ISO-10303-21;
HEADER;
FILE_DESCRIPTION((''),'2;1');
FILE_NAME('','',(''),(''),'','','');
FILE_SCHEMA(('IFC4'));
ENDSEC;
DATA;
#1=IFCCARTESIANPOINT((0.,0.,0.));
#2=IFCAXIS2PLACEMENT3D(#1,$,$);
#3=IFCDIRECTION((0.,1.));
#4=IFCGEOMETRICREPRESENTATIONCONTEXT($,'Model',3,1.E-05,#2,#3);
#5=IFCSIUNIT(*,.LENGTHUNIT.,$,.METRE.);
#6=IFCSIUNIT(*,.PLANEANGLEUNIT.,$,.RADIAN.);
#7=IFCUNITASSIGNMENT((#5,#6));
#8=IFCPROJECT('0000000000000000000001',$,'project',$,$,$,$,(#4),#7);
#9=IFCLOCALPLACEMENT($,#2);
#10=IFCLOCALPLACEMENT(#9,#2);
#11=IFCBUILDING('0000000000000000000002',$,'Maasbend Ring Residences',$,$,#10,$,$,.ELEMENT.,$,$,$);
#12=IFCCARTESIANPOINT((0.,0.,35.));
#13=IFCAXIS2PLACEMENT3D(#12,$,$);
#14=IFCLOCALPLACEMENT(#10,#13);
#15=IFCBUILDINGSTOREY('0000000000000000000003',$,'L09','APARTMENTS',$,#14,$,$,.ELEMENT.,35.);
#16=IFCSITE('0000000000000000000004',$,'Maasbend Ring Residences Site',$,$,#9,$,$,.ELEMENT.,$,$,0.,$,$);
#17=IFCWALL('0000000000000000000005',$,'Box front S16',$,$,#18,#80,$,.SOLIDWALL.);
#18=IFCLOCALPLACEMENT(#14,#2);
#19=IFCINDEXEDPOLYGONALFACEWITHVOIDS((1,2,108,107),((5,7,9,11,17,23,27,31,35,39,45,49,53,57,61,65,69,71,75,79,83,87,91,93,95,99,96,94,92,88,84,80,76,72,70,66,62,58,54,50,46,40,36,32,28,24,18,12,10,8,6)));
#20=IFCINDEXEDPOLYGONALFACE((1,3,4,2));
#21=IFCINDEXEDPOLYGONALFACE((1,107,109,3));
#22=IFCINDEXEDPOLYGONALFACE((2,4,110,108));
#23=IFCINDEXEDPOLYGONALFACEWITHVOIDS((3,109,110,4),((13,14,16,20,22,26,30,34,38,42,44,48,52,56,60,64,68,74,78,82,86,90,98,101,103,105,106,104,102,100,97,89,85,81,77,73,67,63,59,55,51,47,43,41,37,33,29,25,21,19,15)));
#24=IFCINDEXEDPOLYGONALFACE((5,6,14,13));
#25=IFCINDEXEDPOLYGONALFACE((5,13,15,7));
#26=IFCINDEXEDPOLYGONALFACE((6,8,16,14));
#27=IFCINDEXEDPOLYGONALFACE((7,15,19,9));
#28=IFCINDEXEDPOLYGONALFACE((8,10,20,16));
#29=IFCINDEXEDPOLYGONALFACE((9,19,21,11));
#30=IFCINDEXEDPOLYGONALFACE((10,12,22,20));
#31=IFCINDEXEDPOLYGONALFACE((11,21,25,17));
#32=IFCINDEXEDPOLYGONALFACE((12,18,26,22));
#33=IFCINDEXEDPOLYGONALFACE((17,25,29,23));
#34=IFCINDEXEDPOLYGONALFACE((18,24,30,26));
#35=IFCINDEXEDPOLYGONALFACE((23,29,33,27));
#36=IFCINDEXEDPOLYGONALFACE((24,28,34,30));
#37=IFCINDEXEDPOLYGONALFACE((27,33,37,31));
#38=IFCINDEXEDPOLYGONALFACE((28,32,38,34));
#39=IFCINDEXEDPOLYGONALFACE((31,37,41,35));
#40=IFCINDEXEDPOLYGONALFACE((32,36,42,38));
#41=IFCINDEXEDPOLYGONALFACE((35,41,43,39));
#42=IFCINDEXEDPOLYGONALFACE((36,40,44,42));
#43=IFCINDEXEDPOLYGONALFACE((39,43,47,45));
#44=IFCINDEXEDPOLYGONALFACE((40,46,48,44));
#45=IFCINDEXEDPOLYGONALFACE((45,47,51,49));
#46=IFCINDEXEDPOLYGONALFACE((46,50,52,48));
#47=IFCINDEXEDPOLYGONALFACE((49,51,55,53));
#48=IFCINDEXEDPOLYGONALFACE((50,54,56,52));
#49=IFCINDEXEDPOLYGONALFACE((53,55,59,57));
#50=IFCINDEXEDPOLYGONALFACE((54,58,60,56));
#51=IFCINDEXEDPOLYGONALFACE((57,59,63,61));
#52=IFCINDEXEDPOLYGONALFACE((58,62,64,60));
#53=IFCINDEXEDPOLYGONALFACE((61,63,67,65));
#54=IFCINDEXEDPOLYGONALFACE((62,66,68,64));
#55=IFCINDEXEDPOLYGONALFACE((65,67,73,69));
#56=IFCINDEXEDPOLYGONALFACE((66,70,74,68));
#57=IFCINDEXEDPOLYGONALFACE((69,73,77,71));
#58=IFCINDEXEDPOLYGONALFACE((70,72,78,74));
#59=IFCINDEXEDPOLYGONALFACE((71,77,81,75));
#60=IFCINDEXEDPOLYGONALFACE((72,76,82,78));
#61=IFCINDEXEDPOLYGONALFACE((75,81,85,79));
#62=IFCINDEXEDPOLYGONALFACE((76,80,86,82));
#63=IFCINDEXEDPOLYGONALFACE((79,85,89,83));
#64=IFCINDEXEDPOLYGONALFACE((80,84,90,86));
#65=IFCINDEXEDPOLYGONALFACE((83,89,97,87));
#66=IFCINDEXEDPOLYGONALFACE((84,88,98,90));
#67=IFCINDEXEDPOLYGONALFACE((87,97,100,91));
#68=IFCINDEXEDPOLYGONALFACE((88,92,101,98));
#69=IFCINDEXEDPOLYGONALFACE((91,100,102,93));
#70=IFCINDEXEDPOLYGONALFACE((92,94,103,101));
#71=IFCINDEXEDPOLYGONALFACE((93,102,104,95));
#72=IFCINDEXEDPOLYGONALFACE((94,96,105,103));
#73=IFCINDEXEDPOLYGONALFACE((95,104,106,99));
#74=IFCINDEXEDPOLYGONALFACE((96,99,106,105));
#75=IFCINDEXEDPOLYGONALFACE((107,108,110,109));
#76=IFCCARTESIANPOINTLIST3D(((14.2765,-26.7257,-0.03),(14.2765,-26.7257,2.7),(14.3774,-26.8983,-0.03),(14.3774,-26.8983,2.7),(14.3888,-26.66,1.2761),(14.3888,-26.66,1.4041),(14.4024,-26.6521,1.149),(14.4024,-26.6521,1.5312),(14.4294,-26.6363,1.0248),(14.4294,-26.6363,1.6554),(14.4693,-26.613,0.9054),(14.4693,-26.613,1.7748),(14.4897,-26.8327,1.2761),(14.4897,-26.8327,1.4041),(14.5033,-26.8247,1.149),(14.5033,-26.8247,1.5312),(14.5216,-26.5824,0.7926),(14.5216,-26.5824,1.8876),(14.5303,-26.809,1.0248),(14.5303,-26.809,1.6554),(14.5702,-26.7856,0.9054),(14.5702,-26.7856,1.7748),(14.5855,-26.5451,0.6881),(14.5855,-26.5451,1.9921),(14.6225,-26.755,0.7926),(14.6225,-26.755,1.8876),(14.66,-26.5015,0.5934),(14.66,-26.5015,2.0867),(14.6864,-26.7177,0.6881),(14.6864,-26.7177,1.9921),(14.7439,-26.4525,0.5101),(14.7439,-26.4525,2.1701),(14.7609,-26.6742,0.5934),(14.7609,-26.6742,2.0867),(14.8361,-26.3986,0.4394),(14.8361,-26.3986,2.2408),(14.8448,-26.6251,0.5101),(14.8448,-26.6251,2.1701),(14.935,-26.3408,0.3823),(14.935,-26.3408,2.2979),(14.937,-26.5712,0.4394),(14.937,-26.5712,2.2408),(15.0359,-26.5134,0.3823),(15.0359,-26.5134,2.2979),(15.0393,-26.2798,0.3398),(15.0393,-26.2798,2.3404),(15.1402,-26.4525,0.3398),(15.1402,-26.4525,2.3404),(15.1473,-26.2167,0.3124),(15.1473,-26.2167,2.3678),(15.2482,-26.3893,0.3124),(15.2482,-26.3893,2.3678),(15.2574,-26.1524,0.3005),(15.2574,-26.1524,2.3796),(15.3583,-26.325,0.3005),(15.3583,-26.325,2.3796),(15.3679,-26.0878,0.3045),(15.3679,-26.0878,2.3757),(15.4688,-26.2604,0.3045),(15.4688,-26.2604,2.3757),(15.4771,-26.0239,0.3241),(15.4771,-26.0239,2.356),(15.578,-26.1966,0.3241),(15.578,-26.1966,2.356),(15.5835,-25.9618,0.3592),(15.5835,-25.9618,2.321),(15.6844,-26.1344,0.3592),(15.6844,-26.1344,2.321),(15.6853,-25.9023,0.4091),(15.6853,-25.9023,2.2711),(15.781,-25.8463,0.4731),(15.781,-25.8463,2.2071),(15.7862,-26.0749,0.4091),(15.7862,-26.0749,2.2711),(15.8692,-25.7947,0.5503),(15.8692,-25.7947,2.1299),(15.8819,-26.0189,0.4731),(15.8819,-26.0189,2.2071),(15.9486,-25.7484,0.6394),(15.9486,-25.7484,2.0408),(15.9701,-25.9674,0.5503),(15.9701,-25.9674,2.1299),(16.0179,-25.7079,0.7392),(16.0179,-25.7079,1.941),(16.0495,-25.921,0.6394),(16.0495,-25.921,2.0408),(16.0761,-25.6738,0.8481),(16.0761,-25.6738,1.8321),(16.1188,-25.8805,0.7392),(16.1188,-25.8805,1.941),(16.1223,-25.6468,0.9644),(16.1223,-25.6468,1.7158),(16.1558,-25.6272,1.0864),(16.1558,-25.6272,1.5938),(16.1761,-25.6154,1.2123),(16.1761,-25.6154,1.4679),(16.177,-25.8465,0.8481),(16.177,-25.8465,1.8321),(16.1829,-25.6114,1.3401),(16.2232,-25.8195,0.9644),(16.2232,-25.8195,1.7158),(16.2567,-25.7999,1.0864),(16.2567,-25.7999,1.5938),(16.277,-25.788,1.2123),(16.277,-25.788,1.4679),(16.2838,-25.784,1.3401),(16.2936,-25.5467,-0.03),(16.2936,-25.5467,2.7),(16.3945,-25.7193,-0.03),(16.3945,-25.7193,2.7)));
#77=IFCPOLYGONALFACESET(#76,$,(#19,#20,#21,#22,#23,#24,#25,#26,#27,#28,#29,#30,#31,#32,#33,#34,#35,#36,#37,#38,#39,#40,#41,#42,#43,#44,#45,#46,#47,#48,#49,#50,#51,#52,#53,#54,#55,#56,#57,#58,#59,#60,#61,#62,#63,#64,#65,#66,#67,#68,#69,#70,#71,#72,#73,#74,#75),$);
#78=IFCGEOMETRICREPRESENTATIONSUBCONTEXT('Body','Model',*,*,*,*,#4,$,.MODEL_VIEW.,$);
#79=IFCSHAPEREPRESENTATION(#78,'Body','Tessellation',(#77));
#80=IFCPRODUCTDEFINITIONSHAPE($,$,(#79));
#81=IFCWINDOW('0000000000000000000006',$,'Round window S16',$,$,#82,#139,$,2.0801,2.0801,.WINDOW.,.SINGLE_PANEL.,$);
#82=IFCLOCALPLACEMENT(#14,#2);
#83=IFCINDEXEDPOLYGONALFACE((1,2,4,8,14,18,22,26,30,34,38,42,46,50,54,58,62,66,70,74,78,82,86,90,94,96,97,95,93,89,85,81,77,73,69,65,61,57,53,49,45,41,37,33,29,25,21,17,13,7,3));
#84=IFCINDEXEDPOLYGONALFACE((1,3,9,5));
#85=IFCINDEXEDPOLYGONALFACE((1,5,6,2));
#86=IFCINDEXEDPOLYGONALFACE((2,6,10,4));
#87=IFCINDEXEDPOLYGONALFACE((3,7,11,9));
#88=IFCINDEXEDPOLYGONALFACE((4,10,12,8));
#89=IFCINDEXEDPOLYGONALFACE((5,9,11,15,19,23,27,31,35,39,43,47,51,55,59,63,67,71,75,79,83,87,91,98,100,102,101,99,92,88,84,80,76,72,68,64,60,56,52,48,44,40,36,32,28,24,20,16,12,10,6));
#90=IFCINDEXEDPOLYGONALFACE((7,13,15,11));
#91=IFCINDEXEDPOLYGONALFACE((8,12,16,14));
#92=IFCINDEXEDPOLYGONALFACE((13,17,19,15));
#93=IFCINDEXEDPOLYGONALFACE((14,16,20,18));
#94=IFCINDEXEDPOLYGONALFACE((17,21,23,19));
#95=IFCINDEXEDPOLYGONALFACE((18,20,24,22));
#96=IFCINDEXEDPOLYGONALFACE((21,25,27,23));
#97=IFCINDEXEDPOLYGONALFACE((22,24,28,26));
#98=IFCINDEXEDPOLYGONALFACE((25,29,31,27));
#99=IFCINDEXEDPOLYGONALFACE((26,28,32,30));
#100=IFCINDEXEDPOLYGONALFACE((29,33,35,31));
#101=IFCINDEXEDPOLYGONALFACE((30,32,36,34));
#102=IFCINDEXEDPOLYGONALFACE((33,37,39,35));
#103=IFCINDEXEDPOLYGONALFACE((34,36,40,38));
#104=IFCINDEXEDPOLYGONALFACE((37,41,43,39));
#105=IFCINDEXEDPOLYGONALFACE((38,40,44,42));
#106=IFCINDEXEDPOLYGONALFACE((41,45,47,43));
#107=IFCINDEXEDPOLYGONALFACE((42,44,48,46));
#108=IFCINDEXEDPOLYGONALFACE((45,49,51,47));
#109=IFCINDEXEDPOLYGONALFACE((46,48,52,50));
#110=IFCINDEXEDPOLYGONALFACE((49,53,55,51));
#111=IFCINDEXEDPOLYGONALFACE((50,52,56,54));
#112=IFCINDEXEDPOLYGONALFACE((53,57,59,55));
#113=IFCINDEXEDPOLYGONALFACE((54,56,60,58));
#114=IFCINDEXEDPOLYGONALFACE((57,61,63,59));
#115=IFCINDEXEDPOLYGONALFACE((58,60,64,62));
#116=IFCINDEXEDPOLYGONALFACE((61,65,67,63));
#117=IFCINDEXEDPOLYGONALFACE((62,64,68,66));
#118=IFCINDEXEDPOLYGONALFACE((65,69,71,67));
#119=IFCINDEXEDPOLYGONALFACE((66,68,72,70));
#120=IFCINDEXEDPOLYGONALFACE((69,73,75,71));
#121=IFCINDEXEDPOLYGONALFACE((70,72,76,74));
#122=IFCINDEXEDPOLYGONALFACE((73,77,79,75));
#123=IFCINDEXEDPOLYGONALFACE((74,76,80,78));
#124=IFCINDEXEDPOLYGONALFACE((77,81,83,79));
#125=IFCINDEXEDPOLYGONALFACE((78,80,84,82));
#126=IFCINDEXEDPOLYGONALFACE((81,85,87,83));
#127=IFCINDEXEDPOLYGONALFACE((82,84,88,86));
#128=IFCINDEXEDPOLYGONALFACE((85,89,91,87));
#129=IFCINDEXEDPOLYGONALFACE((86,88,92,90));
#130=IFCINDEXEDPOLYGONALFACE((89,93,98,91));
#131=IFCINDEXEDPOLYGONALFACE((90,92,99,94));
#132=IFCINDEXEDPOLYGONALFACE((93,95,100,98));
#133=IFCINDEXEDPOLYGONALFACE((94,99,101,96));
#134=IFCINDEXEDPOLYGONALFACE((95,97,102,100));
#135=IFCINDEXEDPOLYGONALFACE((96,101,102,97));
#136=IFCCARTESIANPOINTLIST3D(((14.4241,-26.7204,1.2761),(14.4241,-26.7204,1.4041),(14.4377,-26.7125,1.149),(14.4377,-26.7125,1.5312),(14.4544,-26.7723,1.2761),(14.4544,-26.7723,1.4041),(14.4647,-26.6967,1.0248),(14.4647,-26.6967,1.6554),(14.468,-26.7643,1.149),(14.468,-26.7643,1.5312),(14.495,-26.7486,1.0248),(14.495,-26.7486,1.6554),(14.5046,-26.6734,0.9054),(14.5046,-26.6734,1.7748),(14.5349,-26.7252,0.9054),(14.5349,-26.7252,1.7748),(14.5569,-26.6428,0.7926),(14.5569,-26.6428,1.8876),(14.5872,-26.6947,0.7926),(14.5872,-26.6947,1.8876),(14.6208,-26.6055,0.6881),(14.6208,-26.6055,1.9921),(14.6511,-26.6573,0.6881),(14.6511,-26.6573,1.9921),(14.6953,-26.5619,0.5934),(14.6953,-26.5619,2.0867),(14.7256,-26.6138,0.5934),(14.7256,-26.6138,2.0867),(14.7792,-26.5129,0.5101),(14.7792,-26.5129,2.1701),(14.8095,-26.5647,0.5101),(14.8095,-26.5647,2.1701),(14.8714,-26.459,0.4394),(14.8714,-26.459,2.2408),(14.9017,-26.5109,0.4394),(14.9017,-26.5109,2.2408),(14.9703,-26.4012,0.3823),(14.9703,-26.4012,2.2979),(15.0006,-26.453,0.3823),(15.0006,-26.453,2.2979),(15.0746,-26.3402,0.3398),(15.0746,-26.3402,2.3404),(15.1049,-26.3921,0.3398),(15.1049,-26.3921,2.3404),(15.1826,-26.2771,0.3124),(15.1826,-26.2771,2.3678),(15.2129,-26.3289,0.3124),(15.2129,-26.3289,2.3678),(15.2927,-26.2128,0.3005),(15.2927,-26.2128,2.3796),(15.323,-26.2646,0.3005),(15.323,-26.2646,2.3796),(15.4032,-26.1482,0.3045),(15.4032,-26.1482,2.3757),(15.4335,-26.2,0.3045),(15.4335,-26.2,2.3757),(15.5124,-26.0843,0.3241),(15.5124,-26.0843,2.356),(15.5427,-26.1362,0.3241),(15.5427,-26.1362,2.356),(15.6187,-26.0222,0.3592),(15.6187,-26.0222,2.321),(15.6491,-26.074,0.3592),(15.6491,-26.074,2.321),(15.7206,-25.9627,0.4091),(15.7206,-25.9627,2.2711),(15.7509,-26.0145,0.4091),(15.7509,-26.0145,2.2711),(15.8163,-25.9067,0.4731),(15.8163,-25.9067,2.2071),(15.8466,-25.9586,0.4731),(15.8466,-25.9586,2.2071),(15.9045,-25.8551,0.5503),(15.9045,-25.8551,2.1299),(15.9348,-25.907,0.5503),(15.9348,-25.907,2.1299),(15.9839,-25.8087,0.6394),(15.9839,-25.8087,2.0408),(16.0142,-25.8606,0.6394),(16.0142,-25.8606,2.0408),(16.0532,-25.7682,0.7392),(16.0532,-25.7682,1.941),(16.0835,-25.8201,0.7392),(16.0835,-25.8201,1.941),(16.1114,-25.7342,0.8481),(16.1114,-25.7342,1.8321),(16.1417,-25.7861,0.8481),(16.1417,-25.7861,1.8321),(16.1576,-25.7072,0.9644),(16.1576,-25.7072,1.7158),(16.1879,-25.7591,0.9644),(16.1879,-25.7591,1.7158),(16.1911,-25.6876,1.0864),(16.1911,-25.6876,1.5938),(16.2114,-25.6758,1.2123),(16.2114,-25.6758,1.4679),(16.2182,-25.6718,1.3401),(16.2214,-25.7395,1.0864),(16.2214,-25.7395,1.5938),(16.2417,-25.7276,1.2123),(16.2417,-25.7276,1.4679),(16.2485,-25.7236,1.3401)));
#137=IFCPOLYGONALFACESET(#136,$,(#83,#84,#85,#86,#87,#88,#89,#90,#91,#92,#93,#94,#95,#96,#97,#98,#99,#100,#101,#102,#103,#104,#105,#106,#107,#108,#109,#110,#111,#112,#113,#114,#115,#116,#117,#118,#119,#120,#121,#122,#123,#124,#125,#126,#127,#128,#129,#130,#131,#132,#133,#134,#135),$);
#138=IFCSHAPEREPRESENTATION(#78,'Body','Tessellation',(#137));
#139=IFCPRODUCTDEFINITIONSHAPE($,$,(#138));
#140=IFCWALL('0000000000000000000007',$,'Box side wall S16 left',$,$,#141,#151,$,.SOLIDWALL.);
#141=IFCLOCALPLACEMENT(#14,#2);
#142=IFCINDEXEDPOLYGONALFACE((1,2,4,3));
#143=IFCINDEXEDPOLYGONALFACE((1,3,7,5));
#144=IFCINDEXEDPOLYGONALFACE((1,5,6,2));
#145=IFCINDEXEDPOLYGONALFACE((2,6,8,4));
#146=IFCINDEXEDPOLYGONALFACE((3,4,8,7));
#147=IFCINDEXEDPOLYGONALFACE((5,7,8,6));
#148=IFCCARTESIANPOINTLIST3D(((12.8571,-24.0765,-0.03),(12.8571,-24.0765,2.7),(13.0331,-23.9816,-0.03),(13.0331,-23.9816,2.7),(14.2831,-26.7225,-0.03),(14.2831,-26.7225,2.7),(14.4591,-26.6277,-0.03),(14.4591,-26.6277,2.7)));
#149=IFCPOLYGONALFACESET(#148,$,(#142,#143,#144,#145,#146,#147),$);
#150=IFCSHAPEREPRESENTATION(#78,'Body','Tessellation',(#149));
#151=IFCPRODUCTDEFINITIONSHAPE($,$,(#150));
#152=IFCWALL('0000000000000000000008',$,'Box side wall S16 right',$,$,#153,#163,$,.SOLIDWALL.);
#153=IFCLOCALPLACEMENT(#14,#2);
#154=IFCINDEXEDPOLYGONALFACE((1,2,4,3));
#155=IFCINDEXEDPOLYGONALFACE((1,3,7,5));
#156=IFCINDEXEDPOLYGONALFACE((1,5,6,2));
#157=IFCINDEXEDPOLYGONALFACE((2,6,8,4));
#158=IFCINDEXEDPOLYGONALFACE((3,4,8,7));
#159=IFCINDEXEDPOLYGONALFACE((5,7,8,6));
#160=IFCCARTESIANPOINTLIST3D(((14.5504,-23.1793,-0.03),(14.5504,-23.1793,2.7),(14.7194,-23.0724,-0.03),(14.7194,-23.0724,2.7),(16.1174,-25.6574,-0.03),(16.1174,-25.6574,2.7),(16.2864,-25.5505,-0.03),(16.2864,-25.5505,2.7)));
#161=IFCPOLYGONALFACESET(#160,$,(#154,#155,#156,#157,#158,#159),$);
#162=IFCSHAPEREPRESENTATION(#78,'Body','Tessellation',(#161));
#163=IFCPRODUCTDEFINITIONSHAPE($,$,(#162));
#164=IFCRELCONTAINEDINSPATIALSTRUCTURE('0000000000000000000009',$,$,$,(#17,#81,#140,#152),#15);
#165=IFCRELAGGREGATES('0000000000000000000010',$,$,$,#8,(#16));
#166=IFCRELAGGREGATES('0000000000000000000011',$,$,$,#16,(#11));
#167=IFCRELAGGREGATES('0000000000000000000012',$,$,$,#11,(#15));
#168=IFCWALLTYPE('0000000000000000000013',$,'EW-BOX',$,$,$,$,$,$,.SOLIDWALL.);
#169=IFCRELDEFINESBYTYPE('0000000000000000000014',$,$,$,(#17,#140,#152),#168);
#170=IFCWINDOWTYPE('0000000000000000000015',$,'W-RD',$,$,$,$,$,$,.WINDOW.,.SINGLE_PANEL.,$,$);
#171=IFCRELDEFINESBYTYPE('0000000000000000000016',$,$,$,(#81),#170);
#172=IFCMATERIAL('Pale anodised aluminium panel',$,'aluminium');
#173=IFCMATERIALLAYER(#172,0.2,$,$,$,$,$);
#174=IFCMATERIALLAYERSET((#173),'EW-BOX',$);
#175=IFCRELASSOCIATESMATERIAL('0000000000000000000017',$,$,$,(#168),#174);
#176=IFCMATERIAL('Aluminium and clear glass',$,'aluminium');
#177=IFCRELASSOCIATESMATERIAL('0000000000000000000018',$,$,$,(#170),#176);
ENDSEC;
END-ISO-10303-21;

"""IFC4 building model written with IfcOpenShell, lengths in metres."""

from ifc_helpers import new_model, si_unit, direction, frame, frame_2d, origin, place, context, subcontext, project, spatial, rectangle, circle, extrude, material, layer, layer_set, type_object, element, fill, save


model = new_model("IFC4")

# Units and contexts
model_context = context("Model", 3, precision=1e-05, world=origin(), true_north=direction((0.0, 1.0)))
body_context = subcontext(model_context, "Body", "Model", "MODEL_VIEW")
ifc_project = project(units=[si_unit("LENGTHUNIT", "METRE"), si_unit("PLANEANGLEUNIT", "RADIAN")], contexts=[model_context])

# Site, building, storey
site_placement = place(None, origin())
site = spatial("IfcSite", under=ifc_project, at=site_placement, Name="Maasbend Ring Residences Site", CompositionType="ELEMENT", RefElevation=0.0)
building_placement = place(site_placement, origin())
building = spatial("IfcBuilding", under=site, at=building_placement, Name="Maasbend Ring Residences", CompositionType="ELEMENT")
storey_placement = place(building_placement, frame((0.0, 0.0, 35.0)))
storey = spatial("IfcBuildingStorey", under=building, at=storey_placement, Name="L09", Description="APARTMENTS", CompositionType="ELEMENT", Elevation=35.0)

# Wall, opening, window
ifc_material_1 = material(Name="Pale anodised aluminium panel", Category="aluminium")
ifc_layer_1 = layer(ifc_material_1, 0.2)
ifc_layer_set_1 = layer_set([ifc_layer_1], Name="EW-BOX")
wall_type_1 = type_object("IfcWallType", Name="EW-BOX", PredefinedType="SOLIDWALL", material=ifc_layer_set_1)
wall_1_placement = place(storey_placement, frame((14.3269, -26.812, -0.03), z_axis=(0.0, 0.0, 1.0), x_axis=(0.863347, 0.504612, 0.0)))
wall_1 = element("IfcWall", 1, at=wall_1_placement, inside=storey, type_object=wall_type_1, Name="Box front S16", PredefinedType="SOLIDWALL", context=body_context, shape_type="SweptSolid", body=[
    extrude(rectangle(XDim=2.3364, YDim=0.2, at=frame_2d((1.1682, 0.0))), origin(), (0.0, 0.0, 1.0), 2.73),
])
opening_1_placement = place(wall_1_placement, frame((0.1282, 0.0, 0.3301)))
opening_1 = element("IfcOpeningElement", 2, at=opening_1_placement, cuts=wall_1, PredefinedType="OPENING", context=body_context, shape_type="SweptSolid", body=[
    extrude(circle(Radius=1.04, at=frame_2d((1.04, 1.04))), frame((0.0, 0.1099, 0.0), z_axis=(0.0, -1.0, 0.0), x_axis=(1.0, 0.0, 0.0)), (0.0, 0.0, 1.0), 0.22),
])
ifc_material_2 = material(Name="Aluminium and clear glass", Category="aluminium")
window_type_1 = type_object("IfcWindowType", Name="W-RD", PartitioningType="SINGLE_PANEL", PredefinedType="WINDOW", material=ifc_material_2)
window_1_placement = place(opening_1_placement, origin())
window_1 = element("IfcWindow", 3, at=window_1_placement, inside=storey, type_object=window_type_1, Name="Round window S16", OverallHeight=2.0801, OverallWidth=2.0801, PartitioningType="SINGLE_PANEL", PredefinedType="WINDOW", context=body_context, shape_type="SweptSolid", body=[
    extrude(circle(Radius=1.04, at=frame_2d((1.04, 1.04))), frame((0.0, 0.03, 0.0), z_axis=(0.0, -1.0, 0.0), x_axis=(1.0, 0.0, 0.0)), (0.0, 0.0, 1.0), 0.0601),
])
fill(opening_1, window_1)

# Walls
wall_2_placement = place(storey_placement, frame((12.9451, -24.0291, -0.03), z_axis=(0.0, 0.0, 1.0), x_axis=(0.474424, -0.880296, 0.0)))
element("IfcWall", 4, at=wall_2_placement, inside=storey, type_object=wall_type_1, Name="Box side wall S16 left", PredefinedType="SOLIDWALL", context=body_context, shape_type="SweptSolid", body=[
    extrude(rectangle(XDim=3.0059, YDim=0.2, at=frame_2d((1.5029, 0.0))), origin(), (0.0, 0.0, 1.0), 2.73),
])
wall_3_placement = place(storey_placement, frame((14.635, -23.126, -0.03), z_axis=(0.0, 0.0, 1.0), x_axis=(0.534438, -0.845208, 0.0)))
element("IfcWall", 5, at=wall_3_placement, inside=storey, type_object=wall_type_1, Name="Box side wall S16 right", PredefinedType="SOLIDWALL", context=body_context, shape_type="SweptSolid", body=[
    extrude(rectangle(XDim=2.9319, YDim=0.2, at=frame_2d((1.4658, 0.0))), origin(), (0.0, 0.0, 1.0), 2.73),
])

save(model, "model.ifc")
